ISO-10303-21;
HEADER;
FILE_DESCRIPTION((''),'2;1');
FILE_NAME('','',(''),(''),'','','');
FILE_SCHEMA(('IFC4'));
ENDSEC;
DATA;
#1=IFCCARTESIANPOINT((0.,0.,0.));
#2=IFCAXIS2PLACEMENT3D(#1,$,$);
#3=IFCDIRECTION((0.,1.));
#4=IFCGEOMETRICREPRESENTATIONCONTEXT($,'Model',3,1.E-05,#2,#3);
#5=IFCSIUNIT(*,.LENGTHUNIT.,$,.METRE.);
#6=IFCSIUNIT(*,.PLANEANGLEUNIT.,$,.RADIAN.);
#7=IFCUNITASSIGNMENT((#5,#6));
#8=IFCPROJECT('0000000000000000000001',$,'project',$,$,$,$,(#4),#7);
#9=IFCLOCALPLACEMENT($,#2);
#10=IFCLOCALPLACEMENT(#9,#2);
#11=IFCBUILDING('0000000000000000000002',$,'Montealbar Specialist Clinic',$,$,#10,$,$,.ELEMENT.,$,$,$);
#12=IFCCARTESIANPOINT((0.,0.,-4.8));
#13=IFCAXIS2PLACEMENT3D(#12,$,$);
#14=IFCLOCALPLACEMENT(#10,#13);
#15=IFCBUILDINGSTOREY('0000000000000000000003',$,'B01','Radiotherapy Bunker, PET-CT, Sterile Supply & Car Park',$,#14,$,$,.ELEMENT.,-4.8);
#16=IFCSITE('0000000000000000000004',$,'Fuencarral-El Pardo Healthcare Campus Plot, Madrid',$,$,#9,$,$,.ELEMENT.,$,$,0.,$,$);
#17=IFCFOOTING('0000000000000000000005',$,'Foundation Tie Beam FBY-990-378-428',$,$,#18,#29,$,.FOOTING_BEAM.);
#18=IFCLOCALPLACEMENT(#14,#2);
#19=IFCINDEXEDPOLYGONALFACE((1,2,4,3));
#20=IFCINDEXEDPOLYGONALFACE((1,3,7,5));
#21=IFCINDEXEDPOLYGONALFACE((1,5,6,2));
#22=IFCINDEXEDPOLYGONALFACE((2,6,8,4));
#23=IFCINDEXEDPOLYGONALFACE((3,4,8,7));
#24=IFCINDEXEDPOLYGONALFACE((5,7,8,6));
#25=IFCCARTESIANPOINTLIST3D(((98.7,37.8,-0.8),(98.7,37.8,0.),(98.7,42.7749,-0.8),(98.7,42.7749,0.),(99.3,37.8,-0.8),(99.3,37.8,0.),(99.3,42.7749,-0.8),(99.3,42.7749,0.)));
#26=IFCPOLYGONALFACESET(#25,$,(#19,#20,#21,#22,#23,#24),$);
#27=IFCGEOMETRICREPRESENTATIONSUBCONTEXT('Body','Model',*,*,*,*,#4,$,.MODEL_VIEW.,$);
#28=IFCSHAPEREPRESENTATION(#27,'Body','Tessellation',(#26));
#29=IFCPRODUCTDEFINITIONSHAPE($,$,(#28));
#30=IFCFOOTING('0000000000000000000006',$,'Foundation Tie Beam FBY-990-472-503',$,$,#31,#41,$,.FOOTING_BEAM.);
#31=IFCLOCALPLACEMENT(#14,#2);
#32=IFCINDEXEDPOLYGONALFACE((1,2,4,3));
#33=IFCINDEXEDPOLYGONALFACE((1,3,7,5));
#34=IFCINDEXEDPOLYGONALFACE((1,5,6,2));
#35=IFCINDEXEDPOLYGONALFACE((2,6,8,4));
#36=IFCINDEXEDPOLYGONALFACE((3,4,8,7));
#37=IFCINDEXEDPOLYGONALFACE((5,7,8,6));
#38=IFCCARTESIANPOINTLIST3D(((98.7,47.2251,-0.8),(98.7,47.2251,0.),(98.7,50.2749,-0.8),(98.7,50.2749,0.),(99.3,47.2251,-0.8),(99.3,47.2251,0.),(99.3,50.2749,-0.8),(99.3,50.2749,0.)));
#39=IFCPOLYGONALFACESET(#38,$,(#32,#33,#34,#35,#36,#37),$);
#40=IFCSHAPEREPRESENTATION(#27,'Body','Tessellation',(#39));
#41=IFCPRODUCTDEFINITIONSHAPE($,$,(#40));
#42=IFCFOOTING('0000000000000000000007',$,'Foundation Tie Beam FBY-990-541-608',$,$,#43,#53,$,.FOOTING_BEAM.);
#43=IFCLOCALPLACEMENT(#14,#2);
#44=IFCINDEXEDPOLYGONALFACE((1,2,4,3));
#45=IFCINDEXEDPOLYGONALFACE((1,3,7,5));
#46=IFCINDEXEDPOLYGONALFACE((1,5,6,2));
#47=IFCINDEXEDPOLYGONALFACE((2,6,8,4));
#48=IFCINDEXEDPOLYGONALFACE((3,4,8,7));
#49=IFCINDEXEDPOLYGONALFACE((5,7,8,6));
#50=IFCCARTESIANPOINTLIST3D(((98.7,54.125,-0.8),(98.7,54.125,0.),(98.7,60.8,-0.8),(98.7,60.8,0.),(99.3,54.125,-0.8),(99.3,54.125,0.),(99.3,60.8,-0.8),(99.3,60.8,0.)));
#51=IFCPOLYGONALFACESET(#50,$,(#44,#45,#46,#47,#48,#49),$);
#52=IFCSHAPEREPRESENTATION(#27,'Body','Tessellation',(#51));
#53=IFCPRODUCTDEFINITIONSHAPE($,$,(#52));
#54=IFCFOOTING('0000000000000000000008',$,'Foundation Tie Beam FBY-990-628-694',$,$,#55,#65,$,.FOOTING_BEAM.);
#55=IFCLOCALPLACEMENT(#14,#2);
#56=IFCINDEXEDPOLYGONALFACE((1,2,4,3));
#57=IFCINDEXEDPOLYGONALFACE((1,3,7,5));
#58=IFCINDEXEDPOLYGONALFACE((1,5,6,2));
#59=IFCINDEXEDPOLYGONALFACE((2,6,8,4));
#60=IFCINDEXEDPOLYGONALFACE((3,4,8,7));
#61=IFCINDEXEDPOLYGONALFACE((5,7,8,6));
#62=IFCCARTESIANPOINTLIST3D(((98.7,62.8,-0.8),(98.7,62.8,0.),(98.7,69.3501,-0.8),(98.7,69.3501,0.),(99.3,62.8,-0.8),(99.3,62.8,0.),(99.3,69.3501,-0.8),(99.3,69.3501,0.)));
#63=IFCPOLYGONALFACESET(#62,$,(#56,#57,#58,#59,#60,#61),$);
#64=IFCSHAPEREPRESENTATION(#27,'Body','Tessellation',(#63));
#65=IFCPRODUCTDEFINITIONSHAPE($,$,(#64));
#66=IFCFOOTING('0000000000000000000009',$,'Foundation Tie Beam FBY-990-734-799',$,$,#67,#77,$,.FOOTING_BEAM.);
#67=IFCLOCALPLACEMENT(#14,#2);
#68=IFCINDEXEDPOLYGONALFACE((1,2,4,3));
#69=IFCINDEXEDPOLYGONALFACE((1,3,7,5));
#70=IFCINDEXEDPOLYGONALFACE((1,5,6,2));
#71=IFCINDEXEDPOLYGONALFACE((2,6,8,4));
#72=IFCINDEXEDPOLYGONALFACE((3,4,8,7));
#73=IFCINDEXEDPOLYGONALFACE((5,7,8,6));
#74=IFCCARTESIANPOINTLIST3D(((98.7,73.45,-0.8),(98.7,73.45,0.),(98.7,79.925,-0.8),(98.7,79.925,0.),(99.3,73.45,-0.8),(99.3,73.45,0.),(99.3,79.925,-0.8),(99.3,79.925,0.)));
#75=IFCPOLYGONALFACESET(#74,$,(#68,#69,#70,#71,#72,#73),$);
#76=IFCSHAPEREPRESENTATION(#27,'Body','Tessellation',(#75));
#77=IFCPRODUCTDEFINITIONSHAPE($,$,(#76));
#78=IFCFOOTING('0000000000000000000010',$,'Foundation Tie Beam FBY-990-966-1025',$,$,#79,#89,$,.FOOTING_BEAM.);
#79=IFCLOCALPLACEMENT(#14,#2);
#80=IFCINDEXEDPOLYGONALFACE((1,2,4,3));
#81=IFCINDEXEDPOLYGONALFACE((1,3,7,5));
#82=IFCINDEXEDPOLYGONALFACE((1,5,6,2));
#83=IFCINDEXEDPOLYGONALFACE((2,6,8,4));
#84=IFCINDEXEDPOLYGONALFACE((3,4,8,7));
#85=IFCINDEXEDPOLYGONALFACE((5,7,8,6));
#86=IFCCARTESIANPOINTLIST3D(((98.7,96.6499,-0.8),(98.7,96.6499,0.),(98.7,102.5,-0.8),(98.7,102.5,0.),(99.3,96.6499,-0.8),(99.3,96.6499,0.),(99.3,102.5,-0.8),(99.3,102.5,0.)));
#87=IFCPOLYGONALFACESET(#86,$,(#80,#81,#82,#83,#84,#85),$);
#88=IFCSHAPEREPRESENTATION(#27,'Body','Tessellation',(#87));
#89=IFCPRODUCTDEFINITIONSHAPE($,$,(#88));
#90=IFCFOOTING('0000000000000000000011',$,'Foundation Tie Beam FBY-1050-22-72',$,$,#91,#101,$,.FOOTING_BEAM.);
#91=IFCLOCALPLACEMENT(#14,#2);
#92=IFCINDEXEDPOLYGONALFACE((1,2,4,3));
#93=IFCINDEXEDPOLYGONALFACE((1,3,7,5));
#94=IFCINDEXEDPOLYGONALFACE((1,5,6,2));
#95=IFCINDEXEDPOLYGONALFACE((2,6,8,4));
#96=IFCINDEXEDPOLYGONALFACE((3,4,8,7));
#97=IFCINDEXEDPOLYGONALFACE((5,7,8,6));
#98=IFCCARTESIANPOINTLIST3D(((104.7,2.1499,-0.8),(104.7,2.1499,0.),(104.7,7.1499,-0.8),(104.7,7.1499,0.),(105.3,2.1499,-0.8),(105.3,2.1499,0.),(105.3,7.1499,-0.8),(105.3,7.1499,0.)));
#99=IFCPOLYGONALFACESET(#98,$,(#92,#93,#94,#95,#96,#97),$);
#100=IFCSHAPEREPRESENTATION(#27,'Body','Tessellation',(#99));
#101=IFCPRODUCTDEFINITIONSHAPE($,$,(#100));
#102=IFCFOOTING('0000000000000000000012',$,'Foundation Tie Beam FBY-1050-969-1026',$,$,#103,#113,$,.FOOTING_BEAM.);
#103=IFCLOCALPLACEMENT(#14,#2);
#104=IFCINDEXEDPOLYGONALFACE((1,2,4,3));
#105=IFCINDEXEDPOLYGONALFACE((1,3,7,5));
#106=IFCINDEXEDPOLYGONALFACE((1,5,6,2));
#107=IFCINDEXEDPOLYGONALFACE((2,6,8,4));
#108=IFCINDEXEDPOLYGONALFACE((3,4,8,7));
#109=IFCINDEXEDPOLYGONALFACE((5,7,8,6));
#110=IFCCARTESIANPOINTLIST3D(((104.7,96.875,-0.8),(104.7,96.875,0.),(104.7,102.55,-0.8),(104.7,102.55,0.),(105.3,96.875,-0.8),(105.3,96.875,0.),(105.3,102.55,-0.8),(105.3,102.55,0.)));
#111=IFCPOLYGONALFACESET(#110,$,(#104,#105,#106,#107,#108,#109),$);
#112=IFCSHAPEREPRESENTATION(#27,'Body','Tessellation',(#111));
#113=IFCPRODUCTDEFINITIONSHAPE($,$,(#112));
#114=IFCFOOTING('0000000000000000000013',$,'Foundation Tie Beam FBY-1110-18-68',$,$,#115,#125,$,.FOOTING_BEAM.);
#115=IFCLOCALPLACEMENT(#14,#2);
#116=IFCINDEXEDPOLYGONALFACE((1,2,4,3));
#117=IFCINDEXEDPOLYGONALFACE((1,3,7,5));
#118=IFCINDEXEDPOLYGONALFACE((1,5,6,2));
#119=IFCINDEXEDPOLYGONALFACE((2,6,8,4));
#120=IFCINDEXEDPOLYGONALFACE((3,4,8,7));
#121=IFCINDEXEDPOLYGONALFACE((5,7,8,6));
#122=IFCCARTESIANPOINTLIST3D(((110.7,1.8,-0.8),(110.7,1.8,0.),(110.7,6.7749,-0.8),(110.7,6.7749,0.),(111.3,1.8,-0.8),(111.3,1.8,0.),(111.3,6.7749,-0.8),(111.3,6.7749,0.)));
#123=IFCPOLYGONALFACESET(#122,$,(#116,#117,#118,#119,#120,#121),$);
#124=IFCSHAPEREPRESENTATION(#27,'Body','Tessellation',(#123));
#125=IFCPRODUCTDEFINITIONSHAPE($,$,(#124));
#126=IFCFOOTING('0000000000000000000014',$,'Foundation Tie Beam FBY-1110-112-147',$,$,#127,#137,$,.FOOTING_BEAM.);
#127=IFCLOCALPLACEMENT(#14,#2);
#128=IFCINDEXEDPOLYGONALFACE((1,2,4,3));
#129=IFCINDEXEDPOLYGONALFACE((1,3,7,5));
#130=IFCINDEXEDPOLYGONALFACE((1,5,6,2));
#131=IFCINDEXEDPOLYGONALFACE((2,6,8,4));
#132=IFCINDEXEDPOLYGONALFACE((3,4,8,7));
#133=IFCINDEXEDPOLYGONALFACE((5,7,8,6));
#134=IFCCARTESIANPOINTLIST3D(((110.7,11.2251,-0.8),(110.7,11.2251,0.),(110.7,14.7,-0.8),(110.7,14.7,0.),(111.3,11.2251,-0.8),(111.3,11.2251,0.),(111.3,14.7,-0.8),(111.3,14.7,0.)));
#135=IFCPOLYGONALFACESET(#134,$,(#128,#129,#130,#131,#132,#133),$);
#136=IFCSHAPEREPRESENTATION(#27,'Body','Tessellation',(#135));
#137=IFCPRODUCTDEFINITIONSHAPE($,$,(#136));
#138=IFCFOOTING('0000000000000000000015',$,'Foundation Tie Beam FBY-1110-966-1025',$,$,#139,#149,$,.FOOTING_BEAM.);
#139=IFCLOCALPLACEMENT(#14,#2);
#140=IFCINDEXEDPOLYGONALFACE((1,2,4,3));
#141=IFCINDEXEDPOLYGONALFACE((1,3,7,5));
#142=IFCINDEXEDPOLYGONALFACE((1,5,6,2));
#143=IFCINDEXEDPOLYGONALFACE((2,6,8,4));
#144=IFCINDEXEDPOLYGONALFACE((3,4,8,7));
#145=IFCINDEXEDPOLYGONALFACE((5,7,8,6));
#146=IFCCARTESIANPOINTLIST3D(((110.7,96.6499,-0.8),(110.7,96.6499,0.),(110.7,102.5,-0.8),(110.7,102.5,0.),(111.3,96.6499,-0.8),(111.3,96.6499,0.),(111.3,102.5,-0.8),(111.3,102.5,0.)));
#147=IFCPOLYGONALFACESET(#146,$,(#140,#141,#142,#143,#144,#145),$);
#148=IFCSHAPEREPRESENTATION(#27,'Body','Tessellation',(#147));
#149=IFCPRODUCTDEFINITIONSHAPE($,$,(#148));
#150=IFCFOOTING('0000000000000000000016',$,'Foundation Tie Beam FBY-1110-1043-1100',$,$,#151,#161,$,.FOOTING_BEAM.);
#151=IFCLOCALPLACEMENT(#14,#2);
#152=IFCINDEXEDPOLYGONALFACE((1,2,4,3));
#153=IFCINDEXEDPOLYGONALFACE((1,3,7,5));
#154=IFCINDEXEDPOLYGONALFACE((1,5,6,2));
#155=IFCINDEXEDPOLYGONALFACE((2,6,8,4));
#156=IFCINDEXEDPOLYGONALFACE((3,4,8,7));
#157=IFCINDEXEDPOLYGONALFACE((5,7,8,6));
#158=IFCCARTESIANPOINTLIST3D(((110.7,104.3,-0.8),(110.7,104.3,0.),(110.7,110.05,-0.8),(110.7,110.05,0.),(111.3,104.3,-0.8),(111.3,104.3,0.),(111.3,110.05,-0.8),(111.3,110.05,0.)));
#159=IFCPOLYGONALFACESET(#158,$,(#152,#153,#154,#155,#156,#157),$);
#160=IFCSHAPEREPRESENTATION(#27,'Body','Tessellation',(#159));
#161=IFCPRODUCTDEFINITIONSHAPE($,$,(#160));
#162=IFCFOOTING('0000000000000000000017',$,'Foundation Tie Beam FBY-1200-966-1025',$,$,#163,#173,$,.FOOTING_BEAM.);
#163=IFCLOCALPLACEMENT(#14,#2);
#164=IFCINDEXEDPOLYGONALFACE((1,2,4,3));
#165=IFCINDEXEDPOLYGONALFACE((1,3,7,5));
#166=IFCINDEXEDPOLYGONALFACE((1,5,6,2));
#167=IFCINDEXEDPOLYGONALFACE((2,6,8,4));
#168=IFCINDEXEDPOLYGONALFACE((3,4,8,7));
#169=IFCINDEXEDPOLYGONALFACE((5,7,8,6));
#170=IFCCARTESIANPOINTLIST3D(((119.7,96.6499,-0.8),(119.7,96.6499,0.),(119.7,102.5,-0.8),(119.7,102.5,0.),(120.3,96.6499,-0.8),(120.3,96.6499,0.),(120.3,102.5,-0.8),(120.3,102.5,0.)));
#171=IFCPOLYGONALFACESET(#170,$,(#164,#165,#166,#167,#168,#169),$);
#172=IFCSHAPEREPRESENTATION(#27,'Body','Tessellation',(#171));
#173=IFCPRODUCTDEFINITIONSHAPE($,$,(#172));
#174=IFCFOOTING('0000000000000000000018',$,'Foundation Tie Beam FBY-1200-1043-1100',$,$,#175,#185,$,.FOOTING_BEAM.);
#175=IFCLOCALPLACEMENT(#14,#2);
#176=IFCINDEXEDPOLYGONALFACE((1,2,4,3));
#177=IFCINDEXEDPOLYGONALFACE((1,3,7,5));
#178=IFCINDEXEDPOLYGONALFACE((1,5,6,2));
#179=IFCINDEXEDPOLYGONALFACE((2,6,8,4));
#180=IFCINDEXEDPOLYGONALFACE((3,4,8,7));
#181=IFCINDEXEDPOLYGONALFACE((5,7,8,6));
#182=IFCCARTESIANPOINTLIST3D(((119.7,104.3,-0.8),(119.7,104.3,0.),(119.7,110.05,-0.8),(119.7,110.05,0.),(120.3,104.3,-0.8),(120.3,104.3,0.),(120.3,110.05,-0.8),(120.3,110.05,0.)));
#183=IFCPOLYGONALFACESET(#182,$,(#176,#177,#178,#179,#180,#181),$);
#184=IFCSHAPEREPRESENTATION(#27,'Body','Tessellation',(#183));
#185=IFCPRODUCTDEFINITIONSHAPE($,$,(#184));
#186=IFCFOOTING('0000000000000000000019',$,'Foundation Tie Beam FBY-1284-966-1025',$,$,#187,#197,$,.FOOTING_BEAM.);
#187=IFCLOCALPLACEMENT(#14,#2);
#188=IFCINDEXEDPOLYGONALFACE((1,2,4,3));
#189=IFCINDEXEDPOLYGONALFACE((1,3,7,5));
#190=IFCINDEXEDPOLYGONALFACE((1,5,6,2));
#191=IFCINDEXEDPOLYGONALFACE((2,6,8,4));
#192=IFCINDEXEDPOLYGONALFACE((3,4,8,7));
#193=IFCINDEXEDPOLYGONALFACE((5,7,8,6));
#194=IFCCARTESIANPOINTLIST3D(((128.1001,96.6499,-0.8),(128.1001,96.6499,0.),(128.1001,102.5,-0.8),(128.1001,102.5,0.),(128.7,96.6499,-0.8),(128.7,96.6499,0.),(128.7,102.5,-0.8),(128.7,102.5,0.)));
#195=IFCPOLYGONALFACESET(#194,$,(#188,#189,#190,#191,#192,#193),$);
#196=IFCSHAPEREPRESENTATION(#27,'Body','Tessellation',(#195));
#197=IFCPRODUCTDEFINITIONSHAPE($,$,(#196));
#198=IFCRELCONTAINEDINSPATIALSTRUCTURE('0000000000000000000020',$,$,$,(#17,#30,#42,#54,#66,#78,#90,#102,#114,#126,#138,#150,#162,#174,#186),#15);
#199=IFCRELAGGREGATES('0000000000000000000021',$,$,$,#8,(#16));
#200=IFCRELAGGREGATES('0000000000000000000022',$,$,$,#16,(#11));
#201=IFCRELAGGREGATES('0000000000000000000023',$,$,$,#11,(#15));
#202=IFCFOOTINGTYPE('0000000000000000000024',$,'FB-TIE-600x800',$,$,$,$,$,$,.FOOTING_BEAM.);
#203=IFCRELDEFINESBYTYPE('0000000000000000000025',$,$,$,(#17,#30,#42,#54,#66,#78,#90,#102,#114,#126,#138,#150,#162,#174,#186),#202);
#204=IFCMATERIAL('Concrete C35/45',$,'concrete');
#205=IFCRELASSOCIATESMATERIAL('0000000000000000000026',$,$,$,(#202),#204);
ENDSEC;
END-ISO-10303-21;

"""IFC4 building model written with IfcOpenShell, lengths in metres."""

from ifc_helpers import new_model, si_unit, direction, frame, origin, place, context, subcontext, project, spatial, polyline, outline, extrude, material, type_object, element, save


model = new_model("IFC4")

# Units and contexts
model_context = context("Model", 3, precision=1e-05, world=origin(), true_north=direction((0.0, 1.0)))
body_context = subcontext(model_context, "Body", "Model", "MODEL_VIEW")
ifc_project = project(units=[si_unit("LENGTHUNIT", "METRE"), si_unit("PLANEANGLEUNIT", "RADIAN")], contexts=[model_context])

# Site, building, storey
site_placement = place(None, origin())
site = spatial("IfcSite", under=ifc_project, at=site_placement, Name="Fuencarral-El Pardo Healthcare Campus Plot, Madrid", CompositionType="ELEMENT", RefElevation=0.0)
building_placement = place(site_placement, origin())
building = spatial("IfcBuilding", under=site, at=building_placement, Name="Montealbar Specialist Clinic", CompositionType="ELEMENT")
storey_placement = place(building_placement, frame((0.0, 0.0, -4.8)))
storey = spatial("IfcBuildingStorey", under=building, at=storey_placement, Name="B01", Description="Radiotherapy Bunker, PET-CT, Sterile Supply & Car Park", CompositionType="ELEMENT", Elevation=-4.8)

# Footings
ifc_material = material(Name="Concrete C35/45", Category="concrete")
footing_type = type_object("IfcFootingType", Name="FB-TIE-600x800", PredefinedType="FOOTING_BEAM", material=ifc_material)
footing_1_placement = place(storey_placement, frame((0.0, 0.0, -0.8)))
element("IfcFooting", 1, at=footing_1_placement, inside=storey, type_object=footing_type, Name="Foundation Tie Beam FBY-990-378-428", PredefinedType="FOOTING_BEAM", context=body_context, shape_type="SweptSolid", body=[
    extrude(outline(polyline([(98.7, 37.8), (99.3, 37.8), (99.3, 42.7749), (98.7, 42.7749), (98.7, 37.8)])), origin(), (0.0, 0.0, 1.0), 0.8),
])
footing_2_placement = place(storey_placement, frame((0.0, 0.0, -0.8)))
element("IfcFooting", 2, at=footing_2_placement, inside=storey, type_object=footing_type, Name="Foundation Tie Beam FBY-990-472-503", PredefinedType="FOOTING_BEAM", context=body_context, shape_type="SweptSolid", body=[
    extrude(outline(polyline([(98.7, 47.2251), (99.3, 47.2251), (99.3, 50.2749), (98.7, 50.2749), (98.7, 47.2251)])), origin(), (0.0, 0.0, 1.0), 0.8),
])
footing_3_placement = place(storey_placement, frame((0.0, 0.0, -0.8)))
element("IfcFooting", 3, at=footing_3_placement, inside=storey, type_object=footing_type, Name="Foundation Tie Beam FBY-990-541-608", PredefinedType="FOOTING_BEAM", context=body_context, shape_type="SweptSolid", body=[
    extrude(outline(polyline([(98.7, 54.125), (99.3, 54.125), (99.3, 60.8), (98.7, 60.8), (98.7, 54.125)])), origin(), (0.0, 0.0, 1.0), 0.8),
])
footing_4_placement = place(storey_placement, frame((0.0, 0.0, -0.8)))
element("IfcFooting", 4, at=footing_4_placement, inside=storey, type_object=footing_type, Name="Foundation Tie Beam FBY-990-628-694", PredefinedType="FOOTING_BEAM", context=body_context, shape_type="SweptSolid", body=[
    extrude(outline(polyline([(98.7, 62.8), (99.3, 62.8), (99.3, 69.3501), (98.7, 69.3501), (98.7, 62.8)])), origin(), (0.0, 0.0, 1.0), 0.8),
])
footing_5_placement = place(storey_placement, frame((0.0, 0.0, -0.8)))
element("IfcFooting", 5, at=footing_5_placement, inside=storey, type_object=footing_type, Name="Foundation Tie Beam FBY-990-734-799", PredefinedType="FOOTING_BEAM", context=body_context, shape_type="SweptSolid", body=[
    extrude(outline(polyline([(98.7, 73.45), (99.3, 73.45), (99.3, 79.925), (98.7, 79.925), (98.7, 73.45)])), origin(), (0.0, 0.0, 1.0), 0.8),
])
footing_6_placement = place(storey_placement, frame((0.0, 0.0, -0.8)))
element("IfcFooting", 6, at=footing_6_placement, inside=storey, type_object=footing_type, Name="Foundation Tie Beam FBY-990-966-1025", PredefinedType="FOOTING_BEAM", context=body_context, shape_type="SweptSolid", body=[
    extrude(outline(polyline([(98.7, 96.6499), (99.3, 96.6499), (99.3, 102.5), (98.7, 102.5), (98.7, 96.6499)])), origin(), (0.0, 0.0, 1.0), 0.8),
])
footing_7_placement = place(storey_placement, frame((0.0, 0.0, -0.8)))
element("IfcFooting", 7, at=footing_7_placement, inside=storey, type_object=footing_type, Name="Foundation Tie Beam FBY-1050-22-72", PredefinedType="FOOTING_BEAM", context=body_context, shape_type="SweptSolid", body=[
    extrude(outline(polyline([(104.7, 2.1499), (105.3, 2.1499), (105.3, 7.1499), (104.7, 7.1499), (104.7, 2.1499)])), origin(), (0.0, 0.0, 1.0), 0.8),
])
footing_8_placement = place(storey_placement, frame((0.0, 0.0, -0.8)))
element("IfcFooting", 8, at=footing_8_placement, inside=storey, type_object=footing_type, Name="Foundation Tie Beam FBY-1050-969-1026", PredefinedType="FOOTING_BEAM", context=body_context, shape_type="SweptSolid", body=[
    extrude(outline(polyline([(104.7, 96.875), (105.3, 96.875), (105.3, 102.55), (104.7, 102.55), (104.7, 96.875)])), origin(), (0.0, 0.0, 1.0), 0.8),
])
footing_9_placement = place(storey_placement, frame((0.0, 0.0, -0.8)))
element("IfcFooting", 9, at=footing_9_placement, inside=storey, type_object=footing_type, Name="Foundation Tie Beam FBY-1110-18-68", PredefinedType="FOOTING_BEAM", context=body_context, shape_type="SweptSolid", body=[
    extrude(outline(polyline([(110.7, 1.8), (111.3, 1.8), (111.3, 6.7749), (110.7, 6.7749), (110.7, 1.8)])), origin(), (0.0, 0.0, 1.0), 0.8),
])
footing_10_placement = place(storey_placement, frame((0.0, 0.0, -0.8)))
element("IfcFooting", 10, at=footing_10_placement, inside=storey, type_object=footing_type, Name="Foundation Tie Beam FBY-1110-112-147", PredefinedType="FOOTING_BEAM", context=body_context, shape_type="SweptSolid", body=[
    extrude(outline(polyline([(110.7, 11.2251), (111.3, 11.2251), (111.3, 14.7), (110.7, 14.7), (110.7, 11.2251)])), origin(), (0.0, 0.0, 1.0), 0.8),
])
footing_11_placement = place(storey_placement, frame((0.0, 0.0, -0.8)))
element("IfcFooting", 11, at=footing_11_placement, inside=storey, type_object=footing_type, Name="Foundation Tie Beam FBY-1110-966-1025", PredefinedType="FOOTING_BEAM", context=body_context, shape_type="SweptSolid", body=[
    extrude(outline(polyline([(110.7, 96.6499), (111.3, 96.6499), (111.3, 102.5), (110.7, 102.5), (110.7, 96.6499)])), origin(), (0.0, 0.0, 1.0), 0.8),
])
footing_12_placement = place(storey_placement, frame((0.0, 0.0, -0.8)))
element("IfcFooting", 12, at=footing_12_placement, inside=storey, type_object=footing_type, Name="Foundation Tie Beam FBY-1110-1043-1100", PredefinedType="FOOTING_BEAM", context=body_context, shape_type="SweptSolid", body=[
    extrude(outline(polyline([(110.7, 104.3), (111.3, 104.3), (111.3, 110.05), (110.7, 110.05), (110.7, 104.3)])), origin(), (0.0, 0.0, 1.0), 0.8),
])
footing_13_placement = place(storey_placement, frame((0.0, 0.0, -0.8)))
element("IfcFooting", 13, at=footing_13_placement, inside=storey, type_object=footing_type, Name="Foundation Tie Beam FBY-1200-966-1025", PredefinedType="FOOTING_BEAM", context=body_context, shape_type="SweptSolid", body=[
    extrude(outline(polyline([(119.7, 96.6499), (120.3, 96.6499), (120.3, 102.5), (119.7, 102.5), (119.7, 96.6499)])), origin(), (0.0, 0.0, 1.0), 0.8),
])
footing_14_placement = place(storey_placement, frame((0.0, 0.0, -0.8)))
element("IfcFooting", 14, at=footing_14_placement, inside=storey, type_object=footing_type, Name="Foundation Tie Beam FBY-1200-1043-1100", PredefinedType="FOOTING_BEAM", context=body_context, shape_type="SweptSolid", body=[
    extrude(outline(polyline([(119.7, 104.3), (120.3, 104.3), (120.3, 110.05), (119.7, 110.05), (119.7, 104.3)])), origin(), (0.0, 0.0, 1.0), 0.8),
])
footing_15_placement = place(storey_placement, frame((0.0, 0.0, -0.8)))
element("IfcFooting", 15, at=footing_15_placement, inside=storey, type_object=footing_type, Name="Foundation Tie Beam FBY-1284-966-1025", PredefinedType="FOOTING_BEAM", context=body_context, shape_type="SweptSolid", body=[
    extrude(outline(polyline([(128.1001, 96.6499), (128.7, 96.6499), (128.7, 102.5), (128.1001, 102.5), (128.1001, 96.6499)])), origin(), (0.0, 0.0, 1.0), 0.8),
])

save(model, "model.ifc")
